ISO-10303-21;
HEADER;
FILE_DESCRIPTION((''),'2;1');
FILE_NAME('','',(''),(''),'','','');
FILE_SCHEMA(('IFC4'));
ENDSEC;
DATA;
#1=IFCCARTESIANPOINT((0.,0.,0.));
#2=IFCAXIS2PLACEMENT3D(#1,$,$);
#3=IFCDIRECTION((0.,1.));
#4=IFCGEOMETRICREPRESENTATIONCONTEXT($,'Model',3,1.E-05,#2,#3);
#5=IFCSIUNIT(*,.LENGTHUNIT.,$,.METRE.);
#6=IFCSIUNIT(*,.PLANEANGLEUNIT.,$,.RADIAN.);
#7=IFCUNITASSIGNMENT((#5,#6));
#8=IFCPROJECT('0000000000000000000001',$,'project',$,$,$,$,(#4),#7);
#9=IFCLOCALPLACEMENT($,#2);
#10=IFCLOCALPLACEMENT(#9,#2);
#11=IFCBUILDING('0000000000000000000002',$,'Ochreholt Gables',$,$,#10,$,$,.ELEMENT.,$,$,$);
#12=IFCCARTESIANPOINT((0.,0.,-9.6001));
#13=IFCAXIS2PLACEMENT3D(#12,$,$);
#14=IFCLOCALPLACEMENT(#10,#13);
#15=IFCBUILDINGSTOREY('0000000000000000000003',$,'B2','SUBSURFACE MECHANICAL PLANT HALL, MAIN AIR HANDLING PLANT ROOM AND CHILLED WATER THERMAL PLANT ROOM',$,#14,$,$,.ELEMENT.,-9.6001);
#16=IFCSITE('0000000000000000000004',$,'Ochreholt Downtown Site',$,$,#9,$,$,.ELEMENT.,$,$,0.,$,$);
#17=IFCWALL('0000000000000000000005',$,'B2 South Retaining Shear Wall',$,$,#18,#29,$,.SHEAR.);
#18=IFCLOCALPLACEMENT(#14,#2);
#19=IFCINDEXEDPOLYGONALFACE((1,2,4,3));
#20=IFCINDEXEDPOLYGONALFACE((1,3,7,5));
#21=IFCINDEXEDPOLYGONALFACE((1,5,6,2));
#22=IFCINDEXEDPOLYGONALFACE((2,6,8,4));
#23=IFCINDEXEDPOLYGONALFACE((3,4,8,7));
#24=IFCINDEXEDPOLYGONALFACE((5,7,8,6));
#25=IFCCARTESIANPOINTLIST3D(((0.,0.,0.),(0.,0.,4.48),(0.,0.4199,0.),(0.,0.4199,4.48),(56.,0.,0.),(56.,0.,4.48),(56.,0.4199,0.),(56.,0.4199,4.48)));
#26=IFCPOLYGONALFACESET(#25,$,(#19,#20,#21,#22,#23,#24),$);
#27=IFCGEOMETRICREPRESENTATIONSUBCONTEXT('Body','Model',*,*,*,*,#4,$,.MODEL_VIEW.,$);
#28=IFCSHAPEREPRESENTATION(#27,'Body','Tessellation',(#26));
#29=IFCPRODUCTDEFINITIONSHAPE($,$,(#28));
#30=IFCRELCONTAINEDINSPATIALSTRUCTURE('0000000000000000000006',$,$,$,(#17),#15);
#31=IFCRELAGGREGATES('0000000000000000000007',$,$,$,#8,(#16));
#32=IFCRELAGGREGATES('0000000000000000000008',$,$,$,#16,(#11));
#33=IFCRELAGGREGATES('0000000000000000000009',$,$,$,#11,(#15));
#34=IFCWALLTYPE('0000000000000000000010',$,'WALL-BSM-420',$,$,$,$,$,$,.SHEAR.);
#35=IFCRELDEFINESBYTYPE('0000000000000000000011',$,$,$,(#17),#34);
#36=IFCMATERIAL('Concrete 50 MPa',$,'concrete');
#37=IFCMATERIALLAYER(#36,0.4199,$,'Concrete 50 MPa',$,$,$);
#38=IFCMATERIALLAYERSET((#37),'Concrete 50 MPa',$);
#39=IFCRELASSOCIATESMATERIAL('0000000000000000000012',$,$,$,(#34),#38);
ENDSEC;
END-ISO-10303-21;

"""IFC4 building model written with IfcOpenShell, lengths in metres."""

from ifc_helpers import new_model, si_unit, direction, frame, frame_2d, origin, place, context, subcontext, project, spatial, rectangle, extrude, material, layer, layer_set, type_object, element, save


model = new_model("IFC4")

# Units and contexts
model_context = context("Model", 3, precision=1e-05, world=origin(), true_north=direction((0.0, 1.0)))
body_context = subcontext(model_context, "Body", "Model", "MODEL_VIEW")
ifc_project = project(units=[si_unit("LENGTHUNIT", "METRE"), si_unit("PLANEANGLEUNIT", "RADIAN")], contexts=[model_context])

# Site, building, storey
site_placement = place(None, origin())
site = spatial("IfcSite", under=ifc_project, at=site_placement, Name="Ochreholt Downtown Site", CompositionType="ELEMENT", RefElevation=0.0)
building_placement = place(site_placement, origin())
building = spatial("IfcBuilding", under=site, at=building_placement, Name="Ochreholt Gables", CompositionType="ELEMENT")
storey_placement = place(building_placement, frame((0.0, 0.0, -9.6001)))
storey = spatial("IfcBuildingStorey", under=building, at=storey_placement, Name="B2", Description="SUBSURFACE MECHANICAL PLANT HALL, MAIN AIR HANDLING PLANT ROOM AND CHILLED WATER THERMAL PLANT ROOM", CompositionType="ELEMENT", Elevation=-9.6001)

# Shared definitions
ifc_material_1 = material(Name="Concrete 50 MPa", Category="concrete")

# Wall
ifc_layer_1 = layer(ifc_material_1, 0.4199, Name="Concrete 50 MPa")
ifc_layer_set_1 = layer_set([ifc_layer_1], Name="Concrete 50 MPa")
wall_type = type_object("IfcWallType", Name="WALL-BSM-420", PredefinedType="SHEAR", material=ifc_layer_set_1)
wall_placement = place(storey_placement, frame((0.0, 0.21, 0.0), z_axis=(0.0, 0.0, 1.0), x_axis=(1.0, 0.0, 0.0)))
element("IfcWall", 1, at=wall_placement, inside=storey, type_object=wall_type, Name="B2 South Retaining Shear Wall", PredefinedType="SHEAR", context=body_context, shape_type="SweptSolid", body=[
    extrude(rectangle(XDim=56.0, YDim=0.4199, at=frame_2d((28.0, 0.0))), origin(), (0.0, 0.0, 1.0), 4.48),
])

save(model, "model.ifc")
